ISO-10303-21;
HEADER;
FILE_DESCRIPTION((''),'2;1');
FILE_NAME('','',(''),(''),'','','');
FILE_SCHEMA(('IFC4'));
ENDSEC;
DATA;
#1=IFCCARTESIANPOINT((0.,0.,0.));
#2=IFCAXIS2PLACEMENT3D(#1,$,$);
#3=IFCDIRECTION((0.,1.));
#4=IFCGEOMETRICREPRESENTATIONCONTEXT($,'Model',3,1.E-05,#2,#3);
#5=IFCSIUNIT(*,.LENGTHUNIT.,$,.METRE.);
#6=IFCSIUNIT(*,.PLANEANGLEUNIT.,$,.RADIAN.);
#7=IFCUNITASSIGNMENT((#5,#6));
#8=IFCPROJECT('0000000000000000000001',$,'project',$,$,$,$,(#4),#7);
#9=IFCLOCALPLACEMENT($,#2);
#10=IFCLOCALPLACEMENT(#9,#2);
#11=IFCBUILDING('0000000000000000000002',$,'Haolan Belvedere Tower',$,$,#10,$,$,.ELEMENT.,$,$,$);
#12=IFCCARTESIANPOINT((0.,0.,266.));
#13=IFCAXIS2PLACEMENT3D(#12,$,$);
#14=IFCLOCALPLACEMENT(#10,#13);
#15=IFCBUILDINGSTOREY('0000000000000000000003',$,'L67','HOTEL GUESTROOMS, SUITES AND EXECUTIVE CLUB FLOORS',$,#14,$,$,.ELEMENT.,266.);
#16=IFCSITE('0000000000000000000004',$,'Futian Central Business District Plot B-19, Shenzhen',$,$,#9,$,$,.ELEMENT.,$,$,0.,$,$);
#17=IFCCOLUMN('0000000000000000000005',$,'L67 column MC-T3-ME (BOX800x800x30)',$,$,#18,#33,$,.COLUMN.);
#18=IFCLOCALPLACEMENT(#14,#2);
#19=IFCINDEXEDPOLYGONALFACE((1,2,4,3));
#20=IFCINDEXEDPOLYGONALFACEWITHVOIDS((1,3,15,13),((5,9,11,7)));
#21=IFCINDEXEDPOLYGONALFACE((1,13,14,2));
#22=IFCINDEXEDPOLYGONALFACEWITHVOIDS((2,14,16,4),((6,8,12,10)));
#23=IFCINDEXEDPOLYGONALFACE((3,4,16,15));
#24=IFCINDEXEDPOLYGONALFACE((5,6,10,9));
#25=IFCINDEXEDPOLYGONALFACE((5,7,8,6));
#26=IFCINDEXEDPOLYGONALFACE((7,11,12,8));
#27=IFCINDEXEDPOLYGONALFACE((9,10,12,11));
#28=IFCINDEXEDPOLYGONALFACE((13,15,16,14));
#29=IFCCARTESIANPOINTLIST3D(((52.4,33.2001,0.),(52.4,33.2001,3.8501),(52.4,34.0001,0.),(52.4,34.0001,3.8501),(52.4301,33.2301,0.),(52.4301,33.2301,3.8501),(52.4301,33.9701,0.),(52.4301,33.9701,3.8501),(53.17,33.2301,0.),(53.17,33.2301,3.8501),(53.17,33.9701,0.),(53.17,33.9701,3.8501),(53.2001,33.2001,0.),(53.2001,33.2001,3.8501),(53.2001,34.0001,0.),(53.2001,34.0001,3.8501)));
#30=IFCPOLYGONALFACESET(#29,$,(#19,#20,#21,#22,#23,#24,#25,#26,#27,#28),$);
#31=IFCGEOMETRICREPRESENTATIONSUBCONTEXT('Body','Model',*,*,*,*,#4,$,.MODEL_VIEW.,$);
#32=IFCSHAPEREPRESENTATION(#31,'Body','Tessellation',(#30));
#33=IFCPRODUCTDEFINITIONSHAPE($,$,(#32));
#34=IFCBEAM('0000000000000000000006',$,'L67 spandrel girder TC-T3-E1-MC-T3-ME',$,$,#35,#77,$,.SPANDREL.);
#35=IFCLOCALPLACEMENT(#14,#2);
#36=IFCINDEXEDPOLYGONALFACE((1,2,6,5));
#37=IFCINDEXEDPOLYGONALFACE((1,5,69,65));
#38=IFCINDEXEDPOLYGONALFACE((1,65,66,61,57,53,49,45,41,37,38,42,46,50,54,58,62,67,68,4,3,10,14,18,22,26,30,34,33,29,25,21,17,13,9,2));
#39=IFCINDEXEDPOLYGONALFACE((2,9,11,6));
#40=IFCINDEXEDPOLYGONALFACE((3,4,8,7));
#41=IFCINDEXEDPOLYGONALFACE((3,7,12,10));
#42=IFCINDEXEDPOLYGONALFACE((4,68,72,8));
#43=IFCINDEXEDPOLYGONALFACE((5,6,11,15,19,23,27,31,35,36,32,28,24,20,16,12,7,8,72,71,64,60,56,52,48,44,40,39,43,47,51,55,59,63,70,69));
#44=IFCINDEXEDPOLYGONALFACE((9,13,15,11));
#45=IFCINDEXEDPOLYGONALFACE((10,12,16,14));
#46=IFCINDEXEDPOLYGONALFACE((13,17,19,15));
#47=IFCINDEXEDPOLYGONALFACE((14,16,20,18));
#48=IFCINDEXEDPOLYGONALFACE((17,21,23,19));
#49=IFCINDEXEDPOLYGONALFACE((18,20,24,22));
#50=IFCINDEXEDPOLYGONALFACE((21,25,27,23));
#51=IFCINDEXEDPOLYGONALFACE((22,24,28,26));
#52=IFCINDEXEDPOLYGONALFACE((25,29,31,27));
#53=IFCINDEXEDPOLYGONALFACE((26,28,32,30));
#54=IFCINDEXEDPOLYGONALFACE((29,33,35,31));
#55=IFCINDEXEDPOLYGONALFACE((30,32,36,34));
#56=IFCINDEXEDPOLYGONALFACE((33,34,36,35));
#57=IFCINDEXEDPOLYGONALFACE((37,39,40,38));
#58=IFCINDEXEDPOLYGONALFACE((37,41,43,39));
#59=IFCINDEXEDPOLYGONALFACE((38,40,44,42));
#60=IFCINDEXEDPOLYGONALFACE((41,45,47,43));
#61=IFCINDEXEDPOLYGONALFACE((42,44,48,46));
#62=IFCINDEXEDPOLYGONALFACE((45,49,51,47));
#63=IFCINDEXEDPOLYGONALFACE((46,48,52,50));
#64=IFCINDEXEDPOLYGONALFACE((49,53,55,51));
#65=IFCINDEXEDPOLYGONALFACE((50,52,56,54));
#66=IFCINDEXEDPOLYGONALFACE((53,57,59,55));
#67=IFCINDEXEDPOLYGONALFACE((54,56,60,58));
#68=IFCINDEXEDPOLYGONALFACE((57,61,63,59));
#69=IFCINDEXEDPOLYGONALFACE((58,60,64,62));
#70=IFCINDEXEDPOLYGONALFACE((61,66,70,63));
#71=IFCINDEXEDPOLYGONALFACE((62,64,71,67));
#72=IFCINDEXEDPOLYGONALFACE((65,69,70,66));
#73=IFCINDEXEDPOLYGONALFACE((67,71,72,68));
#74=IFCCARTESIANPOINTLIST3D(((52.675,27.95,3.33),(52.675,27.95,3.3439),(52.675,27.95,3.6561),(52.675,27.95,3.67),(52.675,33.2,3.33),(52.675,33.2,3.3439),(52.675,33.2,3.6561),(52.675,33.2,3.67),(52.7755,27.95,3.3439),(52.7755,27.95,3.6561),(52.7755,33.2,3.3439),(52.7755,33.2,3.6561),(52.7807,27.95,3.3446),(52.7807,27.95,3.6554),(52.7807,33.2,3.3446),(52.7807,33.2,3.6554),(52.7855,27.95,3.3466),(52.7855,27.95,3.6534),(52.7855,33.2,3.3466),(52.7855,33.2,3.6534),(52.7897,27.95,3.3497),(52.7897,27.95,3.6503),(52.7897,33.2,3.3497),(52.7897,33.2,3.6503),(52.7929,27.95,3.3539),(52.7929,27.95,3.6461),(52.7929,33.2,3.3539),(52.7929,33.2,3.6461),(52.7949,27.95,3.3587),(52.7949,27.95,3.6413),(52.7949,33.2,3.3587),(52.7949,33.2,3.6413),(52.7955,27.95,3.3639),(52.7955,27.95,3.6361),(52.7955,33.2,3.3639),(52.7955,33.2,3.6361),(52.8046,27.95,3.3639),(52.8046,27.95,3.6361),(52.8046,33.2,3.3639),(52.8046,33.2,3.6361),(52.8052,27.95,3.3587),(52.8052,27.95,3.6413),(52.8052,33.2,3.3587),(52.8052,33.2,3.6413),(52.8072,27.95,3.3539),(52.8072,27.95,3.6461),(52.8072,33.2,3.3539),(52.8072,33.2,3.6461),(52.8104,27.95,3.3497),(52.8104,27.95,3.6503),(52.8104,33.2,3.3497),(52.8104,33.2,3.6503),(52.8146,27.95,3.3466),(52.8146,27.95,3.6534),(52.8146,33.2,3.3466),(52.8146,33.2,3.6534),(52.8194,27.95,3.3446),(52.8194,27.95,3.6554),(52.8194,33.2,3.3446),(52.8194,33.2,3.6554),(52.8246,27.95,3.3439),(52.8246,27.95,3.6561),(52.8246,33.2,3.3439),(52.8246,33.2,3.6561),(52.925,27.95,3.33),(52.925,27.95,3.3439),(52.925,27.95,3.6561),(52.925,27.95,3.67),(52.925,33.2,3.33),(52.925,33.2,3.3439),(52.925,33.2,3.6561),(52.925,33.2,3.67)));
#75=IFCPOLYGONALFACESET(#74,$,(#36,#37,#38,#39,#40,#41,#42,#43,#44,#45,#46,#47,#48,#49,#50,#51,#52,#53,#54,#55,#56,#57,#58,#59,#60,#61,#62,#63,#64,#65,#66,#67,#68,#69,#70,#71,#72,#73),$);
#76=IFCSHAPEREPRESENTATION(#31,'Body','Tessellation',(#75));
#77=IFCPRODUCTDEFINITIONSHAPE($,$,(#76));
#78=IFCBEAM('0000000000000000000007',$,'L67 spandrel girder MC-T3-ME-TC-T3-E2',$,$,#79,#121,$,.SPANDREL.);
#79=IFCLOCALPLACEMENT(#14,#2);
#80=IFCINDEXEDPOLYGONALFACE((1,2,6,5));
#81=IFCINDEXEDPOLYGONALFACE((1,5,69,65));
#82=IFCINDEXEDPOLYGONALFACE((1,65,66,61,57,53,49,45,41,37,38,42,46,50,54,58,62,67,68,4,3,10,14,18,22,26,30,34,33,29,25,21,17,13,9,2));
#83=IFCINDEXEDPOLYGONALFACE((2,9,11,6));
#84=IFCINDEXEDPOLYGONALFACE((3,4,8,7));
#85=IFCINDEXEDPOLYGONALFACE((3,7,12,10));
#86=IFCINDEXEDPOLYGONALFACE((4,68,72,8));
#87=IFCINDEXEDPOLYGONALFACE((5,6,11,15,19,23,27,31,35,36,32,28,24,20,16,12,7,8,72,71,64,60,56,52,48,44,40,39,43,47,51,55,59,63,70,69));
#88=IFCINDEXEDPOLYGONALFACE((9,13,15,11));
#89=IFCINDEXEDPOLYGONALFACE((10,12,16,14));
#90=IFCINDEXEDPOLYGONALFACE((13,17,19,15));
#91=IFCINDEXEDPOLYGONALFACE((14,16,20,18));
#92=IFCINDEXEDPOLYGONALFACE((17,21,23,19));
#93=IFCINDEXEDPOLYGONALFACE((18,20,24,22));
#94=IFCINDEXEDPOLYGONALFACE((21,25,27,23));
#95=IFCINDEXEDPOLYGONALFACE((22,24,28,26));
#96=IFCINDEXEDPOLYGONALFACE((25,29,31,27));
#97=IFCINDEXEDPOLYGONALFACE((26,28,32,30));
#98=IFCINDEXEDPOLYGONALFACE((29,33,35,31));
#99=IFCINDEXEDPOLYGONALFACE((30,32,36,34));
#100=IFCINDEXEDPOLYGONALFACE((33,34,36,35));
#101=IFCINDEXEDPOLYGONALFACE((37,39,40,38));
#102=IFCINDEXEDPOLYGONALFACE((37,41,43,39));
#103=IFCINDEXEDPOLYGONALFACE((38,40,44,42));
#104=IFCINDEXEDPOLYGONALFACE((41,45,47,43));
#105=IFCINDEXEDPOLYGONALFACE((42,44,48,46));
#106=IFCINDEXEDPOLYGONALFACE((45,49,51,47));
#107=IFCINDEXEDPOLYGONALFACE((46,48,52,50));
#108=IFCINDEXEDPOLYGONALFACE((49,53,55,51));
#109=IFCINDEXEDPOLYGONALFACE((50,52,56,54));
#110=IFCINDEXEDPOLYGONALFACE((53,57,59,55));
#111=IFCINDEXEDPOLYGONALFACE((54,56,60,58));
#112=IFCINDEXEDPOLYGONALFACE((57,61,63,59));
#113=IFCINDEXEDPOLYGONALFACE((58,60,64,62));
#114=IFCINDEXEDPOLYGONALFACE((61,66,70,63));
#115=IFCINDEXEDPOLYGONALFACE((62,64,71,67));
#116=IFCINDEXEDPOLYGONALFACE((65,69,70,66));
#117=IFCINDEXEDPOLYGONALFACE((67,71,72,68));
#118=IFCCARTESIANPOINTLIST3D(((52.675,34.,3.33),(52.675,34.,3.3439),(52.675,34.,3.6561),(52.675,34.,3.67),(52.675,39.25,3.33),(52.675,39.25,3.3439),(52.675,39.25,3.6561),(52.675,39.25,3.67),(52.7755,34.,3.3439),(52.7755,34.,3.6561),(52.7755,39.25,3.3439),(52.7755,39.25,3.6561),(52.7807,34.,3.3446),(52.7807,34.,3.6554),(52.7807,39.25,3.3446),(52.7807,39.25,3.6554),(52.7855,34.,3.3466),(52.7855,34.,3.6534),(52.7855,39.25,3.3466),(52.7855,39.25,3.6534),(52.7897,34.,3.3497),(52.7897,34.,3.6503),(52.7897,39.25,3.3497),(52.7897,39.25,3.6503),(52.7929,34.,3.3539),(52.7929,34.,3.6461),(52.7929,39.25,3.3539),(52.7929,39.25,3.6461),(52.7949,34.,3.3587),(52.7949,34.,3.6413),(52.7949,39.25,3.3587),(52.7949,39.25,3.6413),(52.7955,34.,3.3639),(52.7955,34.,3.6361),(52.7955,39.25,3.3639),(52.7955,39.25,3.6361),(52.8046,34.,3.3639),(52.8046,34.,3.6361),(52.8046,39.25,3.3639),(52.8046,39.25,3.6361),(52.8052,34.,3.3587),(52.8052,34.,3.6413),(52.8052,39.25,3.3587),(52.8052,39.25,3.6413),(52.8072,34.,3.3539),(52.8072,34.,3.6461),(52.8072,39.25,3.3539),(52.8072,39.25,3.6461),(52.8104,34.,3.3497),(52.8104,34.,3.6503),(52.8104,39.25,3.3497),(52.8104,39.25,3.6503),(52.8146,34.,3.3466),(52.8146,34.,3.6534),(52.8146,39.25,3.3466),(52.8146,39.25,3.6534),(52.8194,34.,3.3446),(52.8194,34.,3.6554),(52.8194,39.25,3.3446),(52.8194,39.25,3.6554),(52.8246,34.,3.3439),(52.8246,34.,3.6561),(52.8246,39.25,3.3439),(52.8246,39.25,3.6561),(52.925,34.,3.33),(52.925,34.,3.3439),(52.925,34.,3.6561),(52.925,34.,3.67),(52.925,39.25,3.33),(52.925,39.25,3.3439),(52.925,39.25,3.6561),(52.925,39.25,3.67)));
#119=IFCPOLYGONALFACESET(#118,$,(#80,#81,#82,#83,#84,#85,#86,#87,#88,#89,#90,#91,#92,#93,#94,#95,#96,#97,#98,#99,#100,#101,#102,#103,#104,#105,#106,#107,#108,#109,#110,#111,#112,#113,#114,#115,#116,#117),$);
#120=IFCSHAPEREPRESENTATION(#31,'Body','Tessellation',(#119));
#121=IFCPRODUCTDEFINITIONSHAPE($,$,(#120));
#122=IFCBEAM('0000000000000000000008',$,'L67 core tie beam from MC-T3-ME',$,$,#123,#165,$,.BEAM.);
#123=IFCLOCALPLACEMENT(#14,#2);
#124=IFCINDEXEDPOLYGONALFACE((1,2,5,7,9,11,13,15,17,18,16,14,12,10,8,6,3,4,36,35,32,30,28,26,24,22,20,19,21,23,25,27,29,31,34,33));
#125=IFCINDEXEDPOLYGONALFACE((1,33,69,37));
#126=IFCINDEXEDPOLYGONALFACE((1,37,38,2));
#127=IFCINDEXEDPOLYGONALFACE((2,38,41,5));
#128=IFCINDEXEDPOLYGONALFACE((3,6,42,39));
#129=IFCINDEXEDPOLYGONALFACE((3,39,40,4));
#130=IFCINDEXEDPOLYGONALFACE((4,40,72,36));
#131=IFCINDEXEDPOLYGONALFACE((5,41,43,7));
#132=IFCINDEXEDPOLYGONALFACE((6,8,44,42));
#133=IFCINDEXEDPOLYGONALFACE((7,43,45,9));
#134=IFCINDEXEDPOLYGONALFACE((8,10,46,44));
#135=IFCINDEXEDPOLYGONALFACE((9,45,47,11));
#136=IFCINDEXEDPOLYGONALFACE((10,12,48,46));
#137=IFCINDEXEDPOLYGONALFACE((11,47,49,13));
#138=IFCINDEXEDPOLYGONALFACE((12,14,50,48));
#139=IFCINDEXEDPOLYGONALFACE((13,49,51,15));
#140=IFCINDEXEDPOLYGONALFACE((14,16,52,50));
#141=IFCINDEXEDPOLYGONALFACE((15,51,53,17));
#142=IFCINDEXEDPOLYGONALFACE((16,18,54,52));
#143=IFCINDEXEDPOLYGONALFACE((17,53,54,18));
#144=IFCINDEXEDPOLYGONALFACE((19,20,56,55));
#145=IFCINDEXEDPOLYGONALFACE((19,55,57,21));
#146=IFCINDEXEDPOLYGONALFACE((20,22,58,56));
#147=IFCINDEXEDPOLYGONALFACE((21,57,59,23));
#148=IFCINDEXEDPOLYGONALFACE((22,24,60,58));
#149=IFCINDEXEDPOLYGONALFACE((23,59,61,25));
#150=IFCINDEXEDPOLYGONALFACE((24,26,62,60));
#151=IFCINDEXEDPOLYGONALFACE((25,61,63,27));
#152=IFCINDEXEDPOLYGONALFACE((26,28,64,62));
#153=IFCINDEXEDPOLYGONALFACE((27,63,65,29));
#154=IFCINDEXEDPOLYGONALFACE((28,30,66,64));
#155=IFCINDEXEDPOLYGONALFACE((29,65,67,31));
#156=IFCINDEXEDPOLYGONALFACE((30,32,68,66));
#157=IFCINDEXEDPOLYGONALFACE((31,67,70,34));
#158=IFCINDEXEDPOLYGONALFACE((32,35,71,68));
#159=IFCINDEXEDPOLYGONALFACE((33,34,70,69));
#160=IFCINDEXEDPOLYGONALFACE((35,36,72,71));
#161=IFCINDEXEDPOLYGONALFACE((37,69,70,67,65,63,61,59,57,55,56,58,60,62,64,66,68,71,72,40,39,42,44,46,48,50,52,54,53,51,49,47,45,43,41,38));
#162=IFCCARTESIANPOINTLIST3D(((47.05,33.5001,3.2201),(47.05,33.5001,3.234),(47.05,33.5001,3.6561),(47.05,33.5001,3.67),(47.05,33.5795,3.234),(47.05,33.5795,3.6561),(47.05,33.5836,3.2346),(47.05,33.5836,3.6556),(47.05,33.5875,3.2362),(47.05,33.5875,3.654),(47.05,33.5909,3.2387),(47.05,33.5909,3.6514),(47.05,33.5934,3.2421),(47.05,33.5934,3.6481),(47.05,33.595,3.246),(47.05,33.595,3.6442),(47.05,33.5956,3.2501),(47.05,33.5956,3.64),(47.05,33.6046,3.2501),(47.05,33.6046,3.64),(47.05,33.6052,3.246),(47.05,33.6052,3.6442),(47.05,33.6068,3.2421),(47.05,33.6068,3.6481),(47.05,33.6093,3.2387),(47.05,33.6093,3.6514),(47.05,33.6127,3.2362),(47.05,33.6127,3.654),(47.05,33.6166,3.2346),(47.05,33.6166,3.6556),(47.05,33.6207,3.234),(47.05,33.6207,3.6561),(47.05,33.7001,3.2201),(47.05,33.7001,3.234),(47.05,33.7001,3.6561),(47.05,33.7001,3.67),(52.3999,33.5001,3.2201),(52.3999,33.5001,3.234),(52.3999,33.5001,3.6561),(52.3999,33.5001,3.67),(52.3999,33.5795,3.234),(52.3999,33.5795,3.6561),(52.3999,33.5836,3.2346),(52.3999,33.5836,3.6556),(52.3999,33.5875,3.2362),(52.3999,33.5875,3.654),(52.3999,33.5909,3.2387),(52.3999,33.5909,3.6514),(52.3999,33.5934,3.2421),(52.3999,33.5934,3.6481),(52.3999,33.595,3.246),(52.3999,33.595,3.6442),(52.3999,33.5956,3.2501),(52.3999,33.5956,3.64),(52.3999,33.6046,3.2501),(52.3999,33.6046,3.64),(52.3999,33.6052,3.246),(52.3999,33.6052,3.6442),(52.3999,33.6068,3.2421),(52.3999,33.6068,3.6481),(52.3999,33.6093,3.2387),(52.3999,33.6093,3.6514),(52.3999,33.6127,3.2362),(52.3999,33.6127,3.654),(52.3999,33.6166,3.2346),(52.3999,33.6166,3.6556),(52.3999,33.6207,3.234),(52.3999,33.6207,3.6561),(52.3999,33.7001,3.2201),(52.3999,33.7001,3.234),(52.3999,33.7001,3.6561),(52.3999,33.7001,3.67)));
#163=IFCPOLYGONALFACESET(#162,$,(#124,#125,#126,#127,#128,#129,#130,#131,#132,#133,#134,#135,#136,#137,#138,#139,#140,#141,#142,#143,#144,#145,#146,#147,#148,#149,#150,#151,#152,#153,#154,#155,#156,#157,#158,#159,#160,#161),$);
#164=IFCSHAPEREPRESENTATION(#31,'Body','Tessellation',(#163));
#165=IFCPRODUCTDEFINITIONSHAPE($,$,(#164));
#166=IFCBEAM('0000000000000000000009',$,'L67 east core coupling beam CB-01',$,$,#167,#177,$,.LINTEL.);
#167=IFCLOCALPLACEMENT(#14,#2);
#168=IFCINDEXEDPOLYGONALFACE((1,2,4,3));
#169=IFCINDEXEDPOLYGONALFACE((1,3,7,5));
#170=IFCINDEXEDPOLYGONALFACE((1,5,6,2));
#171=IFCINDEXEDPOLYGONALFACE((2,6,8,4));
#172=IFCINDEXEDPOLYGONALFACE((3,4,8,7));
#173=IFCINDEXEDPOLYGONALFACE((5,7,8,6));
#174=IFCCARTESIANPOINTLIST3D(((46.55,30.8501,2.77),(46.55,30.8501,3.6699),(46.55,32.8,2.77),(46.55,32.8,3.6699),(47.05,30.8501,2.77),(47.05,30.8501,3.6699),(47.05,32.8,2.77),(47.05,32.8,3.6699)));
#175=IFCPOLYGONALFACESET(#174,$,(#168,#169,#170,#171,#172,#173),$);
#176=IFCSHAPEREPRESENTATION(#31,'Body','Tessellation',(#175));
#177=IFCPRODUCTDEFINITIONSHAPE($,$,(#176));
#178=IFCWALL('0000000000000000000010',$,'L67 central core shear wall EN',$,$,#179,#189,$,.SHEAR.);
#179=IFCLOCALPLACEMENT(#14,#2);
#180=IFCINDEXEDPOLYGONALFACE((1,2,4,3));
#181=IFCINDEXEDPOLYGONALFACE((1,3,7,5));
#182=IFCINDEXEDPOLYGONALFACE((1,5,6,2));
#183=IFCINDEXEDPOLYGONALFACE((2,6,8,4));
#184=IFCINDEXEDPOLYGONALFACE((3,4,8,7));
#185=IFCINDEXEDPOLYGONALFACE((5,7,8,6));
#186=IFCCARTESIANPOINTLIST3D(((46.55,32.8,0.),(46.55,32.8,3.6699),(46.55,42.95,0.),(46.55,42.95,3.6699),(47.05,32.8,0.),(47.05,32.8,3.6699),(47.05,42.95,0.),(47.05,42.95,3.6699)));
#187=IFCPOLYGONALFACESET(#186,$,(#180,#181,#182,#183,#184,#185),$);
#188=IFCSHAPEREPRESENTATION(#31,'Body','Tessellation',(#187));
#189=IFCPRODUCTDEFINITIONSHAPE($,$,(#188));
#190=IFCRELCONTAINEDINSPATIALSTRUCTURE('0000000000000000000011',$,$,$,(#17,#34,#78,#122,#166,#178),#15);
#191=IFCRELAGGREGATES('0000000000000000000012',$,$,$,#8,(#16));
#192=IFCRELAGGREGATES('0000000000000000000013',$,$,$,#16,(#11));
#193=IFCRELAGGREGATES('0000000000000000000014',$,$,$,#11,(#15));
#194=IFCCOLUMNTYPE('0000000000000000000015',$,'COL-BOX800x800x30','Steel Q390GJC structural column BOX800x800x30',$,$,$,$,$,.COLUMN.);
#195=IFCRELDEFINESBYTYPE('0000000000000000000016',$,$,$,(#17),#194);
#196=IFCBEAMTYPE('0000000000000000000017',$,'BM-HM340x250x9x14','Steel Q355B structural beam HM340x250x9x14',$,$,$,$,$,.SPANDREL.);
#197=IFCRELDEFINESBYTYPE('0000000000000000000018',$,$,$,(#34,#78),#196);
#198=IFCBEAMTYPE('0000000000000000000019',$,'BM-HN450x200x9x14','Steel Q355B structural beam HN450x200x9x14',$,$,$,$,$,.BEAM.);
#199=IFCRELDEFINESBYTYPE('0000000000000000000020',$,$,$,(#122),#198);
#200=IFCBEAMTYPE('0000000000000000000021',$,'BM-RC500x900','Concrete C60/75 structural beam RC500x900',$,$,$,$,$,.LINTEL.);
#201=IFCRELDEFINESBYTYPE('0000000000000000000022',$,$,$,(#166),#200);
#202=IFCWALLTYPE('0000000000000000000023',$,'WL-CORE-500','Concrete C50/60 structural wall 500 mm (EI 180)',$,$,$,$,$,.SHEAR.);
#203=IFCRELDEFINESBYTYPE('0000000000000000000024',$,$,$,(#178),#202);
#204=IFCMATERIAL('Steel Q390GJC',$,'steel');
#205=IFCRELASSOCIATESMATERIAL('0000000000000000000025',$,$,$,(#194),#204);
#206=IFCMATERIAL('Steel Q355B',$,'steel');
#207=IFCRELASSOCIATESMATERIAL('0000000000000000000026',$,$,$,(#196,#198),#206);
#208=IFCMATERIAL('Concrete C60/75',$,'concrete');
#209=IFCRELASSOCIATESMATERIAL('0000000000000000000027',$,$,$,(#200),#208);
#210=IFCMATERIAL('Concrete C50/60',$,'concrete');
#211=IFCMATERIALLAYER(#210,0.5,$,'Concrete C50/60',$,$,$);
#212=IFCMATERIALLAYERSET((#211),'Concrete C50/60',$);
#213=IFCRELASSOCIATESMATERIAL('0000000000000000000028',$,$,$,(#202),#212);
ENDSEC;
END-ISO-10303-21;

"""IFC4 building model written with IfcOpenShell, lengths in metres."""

from ifc_helpers import new_model, si_unit, direction, frame, frame_2d, origin, origin_2d, place, context, subcontext, project, spatial, rectangle, hollow_rectangle, i_section, extrude, material, layer, layer_set, material_profile, profile_set, type_object, element, save


model = new_model("IFC4")

# Units and contexts
model_context = context("Model", 3, precision=1e-05, world=origin(), true_north=direction((0.0, 1.0)))
body_context = subcontext(model_context, "Body", "Model", "MODEL_VIEW")
ifc_project = project(units=[si_unit("LENGTHUNIT", "METRE"), si_unit("PLANEANGLEUNIT", "RADIAN")], contexts=[model_context])

# Site, building, storey
site_placement = place(None, origin())
site = spatial("IfcSite", under=ifc_project, at=site_placement, Name="Futian Central Business District Plot B-19, Shenzhen", CompositionType="ELEMENT", RefElevation=0.0)
building_placement = place(site_placement, origin())
building = spatial("IfcBuilding", under=site, at=building_placement, Name="Haolan Belvedere Tower", CompositionType="ELEMENT")
storey_placement = place(building_placement, frame((0.0, 0.0, 266.0)))
storey = spatial("IfcBuildingStorey", under=building, at=storey_placement, Name="L67", Description="HOTEL GUESTROOMS, SUITES AND EXECUTIVE CLUB FLOORS", CompositionType="ELEMENT", Elevation=266.0)

# Column
ifc_material_1 = material(Name="Steel Q390GJC", Category="steel")
ifc_material_profile_1 = material_profile(ifc_material_1, hollow_rectangle(XDim=0.8, YDim=0.8, WallThickness=0.03, at=origin_2d()), Name="Steel Q390GJC")
ifc_profile_set_1 = profile_set([ifc_material_profile_1], Name="Steel Q390GJC")
column_type = type_object("IfcColumnType", Name="COL-BOX800x800x30", Description="Steel Q390GJC structural column BOX800x800x30", PredefinedType="COLUMN", material=ifc_profile_set_1)
column_placement = place(storey_placement, frame((52.8, 33.6001, 0.0), z_axis=(0.0, 0.0, 1.0), x_axis=(1.0, 0.0, 0.0)))
element("IfcColumn", 1, at=column_placement, inside=storey, type_object=column_type, Name="L67 column MC-T3-ME (BOX800x800x30)", PredefinedType="COLUMN", context=body_context, shape_type="SweptSolid", body=[
    extrude(hollow_rectangle(XDim=0.8, YDim=0.8, WallThickness=0.03, at=origin_2d()), origin(), (0.0, 0.0, 1.0), 3.8501),
])

# Beams
ifc_material_2 = material(Name="Steel Q355B", Category="steel")
ifc_material_profile_2 = material_profile(ifc_material_2, i_section(OverallWidth=0.25, OverallDepth=0.3401, WebThickness=0.009, FlangeThickness=0.0139, FilletRadius=0.02, at=origin_2d()), Name="Steel Q355B")
ifc_profile_set_2 = profile_set([ifc_material_profile_2], Name="Steel Q355B")
beam_type_1 = type_object("IfcBeamType", Name="BM-HM340x250x9x14", Description="Steel Q355B structural beam HM340x250x9x14", PredefinedType="SPANDREL", material=ifc_profile_set_2)
for number, where, z_axis, x_axis, name in (
    (2, (52.8, 27.95, 3.5), (0.0, 1.0, 0.0), (-1.0, 0.0, 0.0), "L67 spandrel girder TC-T3-E1-MC-T3-ME"),
    (3, (52.8, 34.0, 3.5), (0.0, 1.0, 0.0), (-1.0, 0.0, 0.0), "L67 spandrel girder MC-T3-ME-TC-T3-E2"),
):
    element("IfcBeam", number, at=place(storey_placement, frame(where, z_axis=z_axis, x_axis=x_axis)), inside=storey, type_object=beam_type_1, Name=name, PredefinedType="SPANDREL", context=body_context, shape_type="SweptSolid", body=[
        extrude(i_section(OverallWidth=0.25, OverallDepth=0.3401, WebThickness=0.009, FlangeThickness=0.0139, FilletRadius=0.02, at=origin_2d()), origin(), (0.0, 0.0, 1.0), 5.25),
    ])
ifc_material_profile_3 = material_profile(ifc_material_2, i_section(OverallWidth=0.2, OverallDepth=0.45, WebThickness=0.009, FlangeThickness=0.0139, FilletRadius=0.0161, at=origin_2d()), Name="Steel Q355B")
ifc_profile_set_3 = profile_set([ifc_material_profile_3], Name="Steel Q355B")
beam_type_2 = type_object("IfcBeamType", Name="BM-HN450x200x9x14", Description="Steel Q355B structural beam HN450x200x9x14", PredefinedType="BEAM", material=ifc_profile_set_3)
beam_1_placement = place(storey_placement, frame((52.3999, 33.6001, 3.4451), z_axis=(-1.0, 0.0, 0.0), x_axis=(0.0, -1.0, 0.0)))
element("IfcBeam", 4, at=beam_1_placement, inside=storey, type_object=beam_type_2, Name="L67 core tie beam from MC-T3-ME", PredefinedType="BEAM", context=body_context, shape_type="SweptSolid", body=[
    extrude(i_section(OverallWidth=0.2, OverallDepth=0.45, WebThickness=0.009, FlangeThickness=0.0139, FilletRadius=0.0161, at=origin_2d()), origin(), (0.0, 0.0, 1.0), 5.3499),
])
ifc_material_3 = material(Name="Concrete C60/75", Category="concrete")
ifc_material_profile_4 = material_profile(ifc_material_3, rectangle(XDim=0.5, YDim=0.8999, at=origin_2d()), Name="Concrete C60/75")
ifc_profile_set_4 = profile_set([ifc_material_profile_4], Name="Concrete C60/75")
beam_type_3 = type_object("IfcBeamType", Name="BM-RC500x900", Description="Concrete C60/75 structural beam RC500x900", PredefinedType="LINTEL", material=ifc_profile_set_4)
beam_2_placement = place(storey_placement, frame((46.8, 30.8501, 3.22), z_axis=(0.0, 1.0, 0.0), x_axis=(-1.0, 0.0, 0.0)))
element("IfcBeam", 5, at=beam_2_placement, inside=storey, type_object=beam_type_3, Name="L67 east core coupling beam CB-01", PredefinedType="LINTEL", context=body_context, shape_type="SweptSolid", body=[
    extrude(rectangle(XDim=0.5, YDim=0.8999, at=origin_2d()), origin(), (0.0, 0.0, 1.0), 1.95),
])

# Wall
ifc_material_4 = material(Name="Concrete C50/60", Category="concrete")
ifc_layer_1 = layer(ifc_material_4, 0.5, Name="Concrete C50/60")
ifc_layer_set_1 = layer_set([ifc_layer_1], Name="Concrete C50/60")
wall_type_1 = type_object("IfcWallType", Name="WL-CORE-500", Description="Concrete C50/60 structural wall 500 mm (EI 180)", PredefinedType="SHEAR", material=ifc_layer_set_1)
wall_1_placement = place(storey_placement, frame((46.8, 32.8, 0.0), z_axis=(0.0, 0.0, 1.0), x_axis=(0.0, 1.0, 0.0)))
element("IfcWall", 6, at=wall_1_placement, inside=storey, type_object=wall_type_1, Name="L67 central core shear wall EN", PredefinedType="SHEAR", context=body_context, shape_type="SweptSolid", body=[
    extrude(rectangle(XDim=10.1499, YDim=0.5, at=frame_2d((5.075, 0.0))), origin(), (0.0, 0.0, 1.0), 3.6699),
])

save(model, "model.ifc")
